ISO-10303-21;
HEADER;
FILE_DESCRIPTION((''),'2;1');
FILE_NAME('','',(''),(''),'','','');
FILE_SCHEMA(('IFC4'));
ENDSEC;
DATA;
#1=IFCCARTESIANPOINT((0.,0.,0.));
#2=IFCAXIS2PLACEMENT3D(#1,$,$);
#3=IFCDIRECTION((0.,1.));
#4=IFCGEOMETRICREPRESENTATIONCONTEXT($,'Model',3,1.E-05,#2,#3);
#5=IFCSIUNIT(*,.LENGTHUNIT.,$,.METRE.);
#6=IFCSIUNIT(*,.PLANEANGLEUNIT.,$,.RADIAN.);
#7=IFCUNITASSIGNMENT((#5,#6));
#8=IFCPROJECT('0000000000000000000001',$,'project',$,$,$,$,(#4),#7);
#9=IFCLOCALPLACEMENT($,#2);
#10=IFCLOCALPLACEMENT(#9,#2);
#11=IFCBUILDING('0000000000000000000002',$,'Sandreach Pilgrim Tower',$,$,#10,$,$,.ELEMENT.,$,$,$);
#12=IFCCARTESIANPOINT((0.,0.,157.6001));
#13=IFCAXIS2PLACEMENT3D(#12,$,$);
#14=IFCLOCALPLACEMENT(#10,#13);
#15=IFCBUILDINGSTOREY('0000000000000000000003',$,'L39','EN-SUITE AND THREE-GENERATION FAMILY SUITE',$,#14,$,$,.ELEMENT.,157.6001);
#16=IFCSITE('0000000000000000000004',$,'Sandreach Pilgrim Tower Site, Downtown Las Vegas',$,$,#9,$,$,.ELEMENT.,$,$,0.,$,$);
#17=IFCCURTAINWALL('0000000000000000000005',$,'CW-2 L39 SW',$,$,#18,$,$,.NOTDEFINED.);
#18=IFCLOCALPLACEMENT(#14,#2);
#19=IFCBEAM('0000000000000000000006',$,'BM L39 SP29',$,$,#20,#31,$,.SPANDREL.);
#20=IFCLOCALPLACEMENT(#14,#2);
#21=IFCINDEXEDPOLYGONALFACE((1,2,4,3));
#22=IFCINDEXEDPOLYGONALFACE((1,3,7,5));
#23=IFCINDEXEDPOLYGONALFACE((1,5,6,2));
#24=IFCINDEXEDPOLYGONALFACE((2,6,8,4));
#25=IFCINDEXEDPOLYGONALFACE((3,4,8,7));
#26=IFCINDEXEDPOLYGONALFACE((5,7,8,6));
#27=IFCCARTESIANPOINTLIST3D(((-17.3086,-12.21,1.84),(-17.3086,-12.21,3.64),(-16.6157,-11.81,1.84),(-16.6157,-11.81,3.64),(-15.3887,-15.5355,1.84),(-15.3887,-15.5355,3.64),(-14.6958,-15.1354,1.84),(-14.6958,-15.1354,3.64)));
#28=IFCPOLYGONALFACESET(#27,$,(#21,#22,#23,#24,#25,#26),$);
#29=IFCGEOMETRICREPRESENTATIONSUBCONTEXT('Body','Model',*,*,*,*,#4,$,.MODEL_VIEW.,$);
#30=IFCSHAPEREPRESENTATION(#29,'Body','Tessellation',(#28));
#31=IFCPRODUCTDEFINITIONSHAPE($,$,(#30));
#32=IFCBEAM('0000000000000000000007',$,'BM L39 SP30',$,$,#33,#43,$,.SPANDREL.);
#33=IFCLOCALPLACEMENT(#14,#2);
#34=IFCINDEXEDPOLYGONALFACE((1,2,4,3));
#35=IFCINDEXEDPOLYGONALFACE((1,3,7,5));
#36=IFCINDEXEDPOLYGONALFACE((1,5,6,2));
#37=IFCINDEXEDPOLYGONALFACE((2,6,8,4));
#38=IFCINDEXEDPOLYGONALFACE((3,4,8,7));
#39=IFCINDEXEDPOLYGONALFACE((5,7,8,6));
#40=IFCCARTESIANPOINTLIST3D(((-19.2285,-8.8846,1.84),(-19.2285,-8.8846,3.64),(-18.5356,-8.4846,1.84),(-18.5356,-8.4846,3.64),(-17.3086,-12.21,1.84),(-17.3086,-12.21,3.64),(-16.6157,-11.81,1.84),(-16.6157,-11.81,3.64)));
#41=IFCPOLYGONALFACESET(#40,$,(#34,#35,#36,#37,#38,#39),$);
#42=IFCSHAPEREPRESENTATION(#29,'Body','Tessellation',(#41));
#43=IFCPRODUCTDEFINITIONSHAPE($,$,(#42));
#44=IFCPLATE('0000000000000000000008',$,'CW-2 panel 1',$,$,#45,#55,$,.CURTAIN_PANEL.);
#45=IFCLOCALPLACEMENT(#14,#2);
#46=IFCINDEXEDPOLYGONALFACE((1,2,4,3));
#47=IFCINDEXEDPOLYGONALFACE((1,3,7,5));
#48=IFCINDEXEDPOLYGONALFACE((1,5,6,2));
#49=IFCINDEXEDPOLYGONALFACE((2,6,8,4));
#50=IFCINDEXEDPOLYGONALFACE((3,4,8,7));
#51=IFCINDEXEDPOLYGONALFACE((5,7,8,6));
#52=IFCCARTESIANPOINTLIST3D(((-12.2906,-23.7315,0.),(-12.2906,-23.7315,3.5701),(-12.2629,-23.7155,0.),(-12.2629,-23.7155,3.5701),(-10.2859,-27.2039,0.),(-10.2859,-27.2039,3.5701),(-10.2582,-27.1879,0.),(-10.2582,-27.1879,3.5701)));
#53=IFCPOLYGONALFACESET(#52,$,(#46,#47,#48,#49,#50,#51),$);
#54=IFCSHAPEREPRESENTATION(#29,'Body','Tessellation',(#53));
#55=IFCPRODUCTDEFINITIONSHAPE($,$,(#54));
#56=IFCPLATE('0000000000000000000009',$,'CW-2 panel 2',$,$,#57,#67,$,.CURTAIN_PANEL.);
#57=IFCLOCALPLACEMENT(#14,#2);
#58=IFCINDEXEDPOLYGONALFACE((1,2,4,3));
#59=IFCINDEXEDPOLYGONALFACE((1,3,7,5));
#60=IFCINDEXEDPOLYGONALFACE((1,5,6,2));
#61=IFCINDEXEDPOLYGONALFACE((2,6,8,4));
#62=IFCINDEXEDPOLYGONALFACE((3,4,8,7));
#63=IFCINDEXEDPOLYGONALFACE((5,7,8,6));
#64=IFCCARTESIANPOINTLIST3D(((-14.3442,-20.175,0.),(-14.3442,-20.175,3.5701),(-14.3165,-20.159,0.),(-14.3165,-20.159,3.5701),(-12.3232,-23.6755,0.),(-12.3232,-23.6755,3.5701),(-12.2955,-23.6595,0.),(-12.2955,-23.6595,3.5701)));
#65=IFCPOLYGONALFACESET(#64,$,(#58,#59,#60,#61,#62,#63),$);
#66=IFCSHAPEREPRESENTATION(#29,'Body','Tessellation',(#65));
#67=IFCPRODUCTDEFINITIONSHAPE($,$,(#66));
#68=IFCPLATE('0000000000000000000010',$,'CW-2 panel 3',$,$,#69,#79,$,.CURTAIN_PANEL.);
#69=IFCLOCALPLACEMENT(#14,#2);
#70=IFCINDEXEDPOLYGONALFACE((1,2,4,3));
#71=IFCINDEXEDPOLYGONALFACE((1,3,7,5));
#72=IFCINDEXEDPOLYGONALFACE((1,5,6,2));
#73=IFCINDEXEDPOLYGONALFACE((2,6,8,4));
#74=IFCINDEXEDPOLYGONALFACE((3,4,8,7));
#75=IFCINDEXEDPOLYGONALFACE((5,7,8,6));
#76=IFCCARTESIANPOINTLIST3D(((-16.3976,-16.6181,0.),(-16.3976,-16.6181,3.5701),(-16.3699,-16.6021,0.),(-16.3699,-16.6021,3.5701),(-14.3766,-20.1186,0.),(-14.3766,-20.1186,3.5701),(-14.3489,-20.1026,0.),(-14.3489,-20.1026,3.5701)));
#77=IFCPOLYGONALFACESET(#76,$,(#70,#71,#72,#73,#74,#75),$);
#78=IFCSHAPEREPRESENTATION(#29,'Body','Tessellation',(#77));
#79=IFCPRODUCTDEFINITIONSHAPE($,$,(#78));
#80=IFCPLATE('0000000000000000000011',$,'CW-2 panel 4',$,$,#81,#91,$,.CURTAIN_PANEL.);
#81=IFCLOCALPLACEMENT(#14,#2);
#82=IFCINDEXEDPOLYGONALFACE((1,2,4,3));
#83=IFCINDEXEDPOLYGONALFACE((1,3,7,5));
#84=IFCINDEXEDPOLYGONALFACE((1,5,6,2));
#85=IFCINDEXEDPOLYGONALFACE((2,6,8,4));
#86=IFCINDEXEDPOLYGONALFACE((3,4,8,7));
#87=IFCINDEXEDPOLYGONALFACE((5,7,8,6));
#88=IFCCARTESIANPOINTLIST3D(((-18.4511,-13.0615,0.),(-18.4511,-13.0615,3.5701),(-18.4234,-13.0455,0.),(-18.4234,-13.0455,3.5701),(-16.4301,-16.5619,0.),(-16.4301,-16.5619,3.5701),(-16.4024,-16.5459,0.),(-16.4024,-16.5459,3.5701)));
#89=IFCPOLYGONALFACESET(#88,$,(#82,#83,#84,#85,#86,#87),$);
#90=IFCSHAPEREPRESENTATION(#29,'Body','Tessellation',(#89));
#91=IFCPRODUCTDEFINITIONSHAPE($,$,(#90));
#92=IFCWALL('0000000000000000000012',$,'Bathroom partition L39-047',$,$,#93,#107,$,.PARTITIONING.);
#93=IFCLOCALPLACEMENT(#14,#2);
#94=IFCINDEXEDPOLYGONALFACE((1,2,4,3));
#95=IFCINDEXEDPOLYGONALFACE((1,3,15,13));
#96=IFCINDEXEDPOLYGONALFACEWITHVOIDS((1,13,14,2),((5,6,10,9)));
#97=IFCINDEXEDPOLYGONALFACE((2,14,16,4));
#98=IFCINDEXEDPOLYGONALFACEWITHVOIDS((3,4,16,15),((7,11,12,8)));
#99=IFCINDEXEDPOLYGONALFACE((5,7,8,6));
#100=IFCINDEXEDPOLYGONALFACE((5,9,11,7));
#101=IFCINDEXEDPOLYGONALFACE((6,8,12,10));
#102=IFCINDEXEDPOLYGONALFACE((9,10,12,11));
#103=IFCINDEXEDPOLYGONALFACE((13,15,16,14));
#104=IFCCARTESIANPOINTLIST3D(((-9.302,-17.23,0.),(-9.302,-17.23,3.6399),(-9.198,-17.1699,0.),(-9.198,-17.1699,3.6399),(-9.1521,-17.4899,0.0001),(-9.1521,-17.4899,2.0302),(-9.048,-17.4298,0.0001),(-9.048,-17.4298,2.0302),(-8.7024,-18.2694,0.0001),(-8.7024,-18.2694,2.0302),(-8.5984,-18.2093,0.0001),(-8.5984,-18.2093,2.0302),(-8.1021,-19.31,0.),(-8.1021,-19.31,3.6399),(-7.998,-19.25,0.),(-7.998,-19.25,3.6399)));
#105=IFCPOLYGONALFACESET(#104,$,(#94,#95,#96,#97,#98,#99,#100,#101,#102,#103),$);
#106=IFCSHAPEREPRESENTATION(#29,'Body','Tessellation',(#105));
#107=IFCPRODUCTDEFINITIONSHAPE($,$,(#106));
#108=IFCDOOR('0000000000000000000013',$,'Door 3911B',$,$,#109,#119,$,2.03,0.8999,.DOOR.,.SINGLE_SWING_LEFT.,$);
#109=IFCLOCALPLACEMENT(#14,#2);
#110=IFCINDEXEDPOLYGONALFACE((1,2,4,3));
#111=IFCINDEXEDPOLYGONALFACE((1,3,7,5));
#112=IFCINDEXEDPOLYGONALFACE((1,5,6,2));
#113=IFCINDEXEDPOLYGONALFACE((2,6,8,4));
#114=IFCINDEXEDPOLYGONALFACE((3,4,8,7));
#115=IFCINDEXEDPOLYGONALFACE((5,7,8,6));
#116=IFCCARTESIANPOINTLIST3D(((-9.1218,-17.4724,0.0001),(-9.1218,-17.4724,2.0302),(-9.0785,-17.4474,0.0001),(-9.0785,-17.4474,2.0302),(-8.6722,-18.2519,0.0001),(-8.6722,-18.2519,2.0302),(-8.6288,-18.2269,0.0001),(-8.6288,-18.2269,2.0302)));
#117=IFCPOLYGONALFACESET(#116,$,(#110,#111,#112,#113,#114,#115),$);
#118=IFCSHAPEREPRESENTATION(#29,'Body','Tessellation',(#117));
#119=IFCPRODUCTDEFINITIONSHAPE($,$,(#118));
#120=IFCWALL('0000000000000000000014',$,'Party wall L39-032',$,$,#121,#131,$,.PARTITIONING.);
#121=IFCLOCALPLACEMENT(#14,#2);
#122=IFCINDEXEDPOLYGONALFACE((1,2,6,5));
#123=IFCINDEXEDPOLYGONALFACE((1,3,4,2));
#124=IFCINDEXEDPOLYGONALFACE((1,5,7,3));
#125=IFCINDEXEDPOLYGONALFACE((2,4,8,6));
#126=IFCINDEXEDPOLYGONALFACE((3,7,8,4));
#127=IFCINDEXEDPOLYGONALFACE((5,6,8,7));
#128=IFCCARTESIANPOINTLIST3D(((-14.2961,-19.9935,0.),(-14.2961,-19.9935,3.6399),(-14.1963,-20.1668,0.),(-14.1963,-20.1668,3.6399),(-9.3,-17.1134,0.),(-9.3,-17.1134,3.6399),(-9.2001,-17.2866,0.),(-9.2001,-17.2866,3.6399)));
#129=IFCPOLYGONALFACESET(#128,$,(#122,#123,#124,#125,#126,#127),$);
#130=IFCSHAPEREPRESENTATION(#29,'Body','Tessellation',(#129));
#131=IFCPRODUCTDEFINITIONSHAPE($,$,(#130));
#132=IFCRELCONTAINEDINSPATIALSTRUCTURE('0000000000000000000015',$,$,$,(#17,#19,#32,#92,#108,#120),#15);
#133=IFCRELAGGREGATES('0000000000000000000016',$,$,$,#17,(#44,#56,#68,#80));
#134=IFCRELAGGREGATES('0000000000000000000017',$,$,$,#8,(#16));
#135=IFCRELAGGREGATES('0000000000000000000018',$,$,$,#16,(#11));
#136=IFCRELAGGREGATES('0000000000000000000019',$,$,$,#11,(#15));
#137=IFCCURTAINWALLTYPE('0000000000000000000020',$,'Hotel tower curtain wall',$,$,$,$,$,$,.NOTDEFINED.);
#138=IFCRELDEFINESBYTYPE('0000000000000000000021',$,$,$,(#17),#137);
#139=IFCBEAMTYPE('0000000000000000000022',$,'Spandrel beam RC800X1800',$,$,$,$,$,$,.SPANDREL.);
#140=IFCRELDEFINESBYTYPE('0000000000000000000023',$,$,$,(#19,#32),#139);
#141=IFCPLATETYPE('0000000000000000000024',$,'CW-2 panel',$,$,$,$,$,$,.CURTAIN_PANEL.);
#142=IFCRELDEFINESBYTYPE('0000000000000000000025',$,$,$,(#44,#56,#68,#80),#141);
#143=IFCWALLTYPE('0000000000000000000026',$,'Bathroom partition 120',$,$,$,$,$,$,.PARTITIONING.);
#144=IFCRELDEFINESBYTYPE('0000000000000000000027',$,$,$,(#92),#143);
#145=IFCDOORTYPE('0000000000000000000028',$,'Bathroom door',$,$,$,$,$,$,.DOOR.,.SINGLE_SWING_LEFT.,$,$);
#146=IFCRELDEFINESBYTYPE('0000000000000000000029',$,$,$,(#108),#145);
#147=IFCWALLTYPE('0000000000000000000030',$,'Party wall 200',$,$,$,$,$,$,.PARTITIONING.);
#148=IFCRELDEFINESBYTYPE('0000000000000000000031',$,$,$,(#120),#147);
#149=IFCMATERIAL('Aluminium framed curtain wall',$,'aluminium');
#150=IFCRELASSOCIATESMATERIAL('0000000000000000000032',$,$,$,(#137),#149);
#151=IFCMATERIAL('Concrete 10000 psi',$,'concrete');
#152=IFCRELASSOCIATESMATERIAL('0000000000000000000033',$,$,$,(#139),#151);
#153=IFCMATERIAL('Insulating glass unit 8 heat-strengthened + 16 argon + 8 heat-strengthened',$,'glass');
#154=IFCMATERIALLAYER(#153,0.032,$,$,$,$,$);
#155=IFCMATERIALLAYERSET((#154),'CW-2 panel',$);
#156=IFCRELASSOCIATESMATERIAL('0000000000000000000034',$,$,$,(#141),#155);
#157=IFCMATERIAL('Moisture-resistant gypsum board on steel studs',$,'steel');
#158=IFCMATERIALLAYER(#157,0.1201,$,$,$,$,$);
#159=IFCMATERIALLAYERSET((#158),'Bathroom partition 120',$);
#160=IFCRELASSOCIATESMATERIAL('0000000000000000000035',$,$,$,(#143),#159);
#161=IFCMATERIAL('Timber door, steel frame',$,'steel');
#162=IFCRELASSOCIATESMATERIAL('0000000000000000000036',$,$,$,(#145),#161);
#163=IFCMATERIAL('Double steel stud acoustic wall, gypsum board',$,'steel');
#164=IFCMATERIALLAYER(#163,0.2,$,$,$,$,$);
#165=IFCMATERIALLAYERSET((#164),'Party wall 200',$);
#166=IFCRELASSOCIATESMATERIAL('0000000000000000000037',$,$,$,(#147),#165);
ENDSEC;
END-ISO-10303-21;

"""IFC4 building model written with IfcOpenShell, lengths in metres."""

from ifc_helpers import new_model, si_unit, direction, frame, frame_2d, origin, origin_2d, place, context, subcontext, project, spatial, rectangle, extrude, material, layer, layer_set, material_profile, profile_set, type_object, element, fill, aggregate, save


model = new_model("IFC4")

# Units and contexts
model_context = context("Model", 3, precision=1e-05, world=origin(), true_north=direction((0.0, 1.0)))
body_context = subcontext(model_context, "Body", "Model", "MODEL_VIEW")
ifc_project = project(units=[si_unit("LENGTHUNIT", "METRE"), si_unit("PLANEANGLEUNIT", "RADIAN")], contexts=[model_context])

# Site, building, storey
site_placement = place(None, origin())
site = spatial("IfcSite", under=ifc_project, at=site_placement, Name="Sandreach Pilgrim Tower Site, Downtown Las Vegas", CompositionType="ELEMENT", RefElevation=0.0)
building_placement = place(site_placement, origin())
building = spatial("IfcBuilding", under=site, at=building_placement, Name="Sandreach Pilgrim Tower", CompositionType="ELEMENT")
storey_placement = place(building_placement, frame((0.0, 0.0, 157.6001)))
storey = spatial("IfcBuildingStorey", under=building, at=storey_placement, Name="L39", Description="EN-SUITE AND THREE-GENERATION FAMILY SUITE", CompositionType="ELEMENT", Elevation=157.6001)

# Curtain wall
ifc_material_1 = material(Name="Aluminium framed curtain wall", Category="aluminium")
curtain_wall_type = type_object("IfcCurtainWallType", Name="Hotel tower curtain wall", PredefinedType="NOTDEFINED", material=ifc_material_1)
curtain_wall_placement = place(storey_placement, origin())
curtain_wall = element("IfcCurtainWall", 1, at=curtain_wall_placement, inside=storey, type_object=curtain_wall_type, Name="CW-2 L39 SW", PredefinedType="NOTDEFINED")

# Beams
ifc_material_2 = material(Name="Concrete 10000 psi", Category="concrete")
ifc_material_profile_1 = material_profile(ifc_material_2, rectangle(XDim=0.8, YDim=1.8, at=origin_2d()), Name="RC800X1800")
ifc_profile_set_1 = profile_set([ifc_material_profile_1], Name="Concrete 10000 psi")
beam_type_1 = type_object("IfcBeamType", Name="Spandrel beam RC800X1800", PredefinedType="SPANDREL", material=ifc_profile_set_1)
for number, where, z_axis, x_axis, name in (
    (2, (-15.0422, -15.3354, 2.74), (-0.499996, 0.866028, 0.0), (-0.866028, -0.499996, 0.0), "BM L39 SP29"),
    (3, (-16.9622, -12.01, 2.74), (-0.499996, 0.866028, 0.0), (-0.866028, -0.499996, 0.0), "BM L39 SP30"),
):
    element("IfcBeam", number, at=place(storey_placement, frame(where, z_axis=z_axis, x_axis=x_axis)), inside=storey, type_object=beam_type_1, Name=name, PredefinedType="SPANDREL", context=body_context, shape_type="SweptSolid", body=[
        extrude(rectangle(XDim=0.8, YDim=1.8, at=origin_2d()), origin(), (0.0, 0.0, 1.0), 3.8398),
    ])

# Plates
ifc_material_3 = material(Name="Insulating glass unit 8 heat-strengthened + 16 argon + 8 heat-strengthened", Category="glass")
ifc_layer_1 = layer(ifc_material_3, 0.032)
ifc_layer_set_1 = layer_set([ifc_layer_1], Name="CW-2 panel")
plate_type = type_object("IfcPlateType", Name="CW-2 panel", PredefinedType="CURTAIN_PANEL", material=ifc_layer_set_1)
plate_1_placement = place(storey_placement, frame((-11.2744, -25.4597, 0.0), z_axis=(0.0, 0.0, 1.0), x_axis=(-0.5, 0.866025, 0.0)))
plate_1 = element("IfcPlate", 4, at=plate_1_placement, type_object=plate_type, Name="CW-2 panel 1", PredefinedType="CURTAIN_PANEL", context=body_context, shape_type="SweptSolid", body=[
    extrude(rectangle(XDim=4.0095, YDim=0.032, at=origin_2d()), origin(), (0.0, 0.0, 1.0), 3.5701),
])
plate_2_placement = place(storey_placement, frame((-13.3198, -21.9172, 0.0), z_axis=(0.0, 0.0, 1.0), x_axis=(-0.5, 0.866025, 0.0)))
plate_2 = element("IfcPlate", 5, at=plate_2_placement, type_object=plate_type, Name="CW-2 panel 2", PredefinedType="CURTAIN_PANEL", context=body_context, shape_type="SweptSolid", body=[
    extrude(rectangle(XDim=4.042, YDim=0.032, at=origin_2d()), origin(), (0.0, 0.0, 1.0), 3.5701),
])
plate_3_placement = place(storey_placement, frame((-15.3733, -18.3604, 0.0), z_axis=(0.0, 0.0, 1.0), x_axis=(-0.5, 0.866025, 0.0)))
plate_3 = element("IfcPlate", 6, at=plate_3_placement, type_object=plate_type, Name="CW-2 panel 3", PredefinedType="CURTAIN_PANEL", context=body_context, shape_type="SweptSolid", body=[
    extrude(rectangle(XDim=4.042, YDim=0.032, at=origin_2d()), origin(), (0.0, 0.0, 1.0), 3.5701),
])
plate_4_placement = place(storey_placement, frame((-17.4268, -14.8037, 0.0), z_axis=(0.0, 0.0, 1.0), x_axis=(-0.5, 0.866025, 0.0)))
plate_4 = element("IfcPlate", 7, at=plate_4_placement, type_object=plate_type, Name="CW-2 panel 4", PredefinedType="CURTAIN_PANEL", context=body_context, shape_type="SweptSolid", body=[
    extrude(rectangle(XDim=4.042, YDim=0.032, at=origin_2d()), origin(), (0.0, 0.0, 1.0), 3.5701),
])
aggregate(curtain_wall, [plate_1, plate_2, plate_3, plate_4])

# Wall, opening, door
ifc_material_4 = material(Name="Moisture-resistant gypsum board on steel studs", Category="steel")
ifc_layer_2 = layer(ifc_material_4, 0.1201)
ifc_layer_set_2 = layer_set([ifc_layer_2], Name="Bathroom partition 120")
wall_type_1 = type_object("IfcWallType", Name="Bathroom partition 120", PredefinedType="PARTITIONING", material=ifc_layer_set_2)
wall_1_placement = place(storey_placement, frame((-9.25, -17.2, 0.0), z_axis=(0.0, 0.0, 1.0), x_axis=(0.499693, -0.866203, 0.0)))
wall_1 = element("IfcWall", 8, at=wall_1_placement, inside=storey, type_object=wall_type_1, Name="Bathroom partition L39-047", PredefinedType="PARTITIONING", context=body_context, shape_type="SweptSolid", body=[
    extrude(rectangle(XDim=2.4014, YDim=0.1201, at=frame_2d((1.2007, 0.0))), origin(), (0.0, 0.0, 1.0), 3.6399),
])
opening_placement = place(wall_1_placement, frame((0.3, 0.0, 0.0)))
opening = element("IfcOpeningElement", 9, at=opening_placement, cuts=wall_1, PredefinedType="OPENING", context=body_context, shape_type="SweptSolid", body=[
    extrude(rectangle(XDim=0.8999, YDim=2.03, at=frame_2d((0.45, 1.0151))), frame((0.0, 0.0601, 0.0), z_axis=(0.0, -1.0, 0.0), x_axis=(1.0, 0.0, 0.0)), (0.0, 0.0, 1.0), 0.1201),
])
ifc_material_5 = material(Name="Timber door, steel frame", Category="steel")
door_type = type_object("IfcDoorType", Name="Bathroom door", OperationType="SINGLE_SWING_LEFT", PredefinedType="DOOR", material=ifc_material_5)
door_placement = place(opening_placement, origin())
door = element("IfcDoor", 10, at=door_placement, inside=storey, type_object=door_type, Name="Door 3911B", OperationType="SINGLE_SWING_LEFT", OverallHeight=2.03, OverallWidth=0.8999, PredefinedType="DOOR", context=body_context, shape_type="SweptSolid", body=[
    extrude(rectangle(XDim=0.8999, YDim=2.03, at=frame_2d((0.45, 1.0151))), frame((0.0, 0.0249, 0.0), z_axis=(0.0, -1.0, 0.0), x_axis=(1.0, 0.0, 0.0)), (0.0, 0.0, 1.0), 0.05),
])
fill(opening, door)

# Wall
ifc_material_6 = material(Name="Double steel stud acoustic wall, gypsum board", Category="steel")
ifc_layer_3 = layer(ifc_material_6, 0.2)
ifc_layer_set_3 = layer_set([ifc_layer_3], Name="Party wall 200")
wall_type_2 = type_object("IfcWallType", Name="Party wall 200", PredefinedType="PARTITIONING", material=ifc_layer_set_3)
wall_2_placement = place(storey_placement, frame((-14.2461, -20.0801, 0.0), z_axis=(0.0, 0.0, 1.0), x_axis=(0.866353, 0.499432, 0.0)))
element("IfcWall", 11, at=wall_2_placement, inside=storey, type_object=wall_type_2, Name="Party wall L39-032", PredefinedType="PARTITIONING", context=body_context, shape_type="SweptSolid", body=[
    extrude(rectangle(XDim=5.7668, YDim=0.2, at=frame_2d((2.8833, 0.0))), origin(), (0.0, 0.0, 1.0), 3.6399),
])

save(model, "model.ifc")
